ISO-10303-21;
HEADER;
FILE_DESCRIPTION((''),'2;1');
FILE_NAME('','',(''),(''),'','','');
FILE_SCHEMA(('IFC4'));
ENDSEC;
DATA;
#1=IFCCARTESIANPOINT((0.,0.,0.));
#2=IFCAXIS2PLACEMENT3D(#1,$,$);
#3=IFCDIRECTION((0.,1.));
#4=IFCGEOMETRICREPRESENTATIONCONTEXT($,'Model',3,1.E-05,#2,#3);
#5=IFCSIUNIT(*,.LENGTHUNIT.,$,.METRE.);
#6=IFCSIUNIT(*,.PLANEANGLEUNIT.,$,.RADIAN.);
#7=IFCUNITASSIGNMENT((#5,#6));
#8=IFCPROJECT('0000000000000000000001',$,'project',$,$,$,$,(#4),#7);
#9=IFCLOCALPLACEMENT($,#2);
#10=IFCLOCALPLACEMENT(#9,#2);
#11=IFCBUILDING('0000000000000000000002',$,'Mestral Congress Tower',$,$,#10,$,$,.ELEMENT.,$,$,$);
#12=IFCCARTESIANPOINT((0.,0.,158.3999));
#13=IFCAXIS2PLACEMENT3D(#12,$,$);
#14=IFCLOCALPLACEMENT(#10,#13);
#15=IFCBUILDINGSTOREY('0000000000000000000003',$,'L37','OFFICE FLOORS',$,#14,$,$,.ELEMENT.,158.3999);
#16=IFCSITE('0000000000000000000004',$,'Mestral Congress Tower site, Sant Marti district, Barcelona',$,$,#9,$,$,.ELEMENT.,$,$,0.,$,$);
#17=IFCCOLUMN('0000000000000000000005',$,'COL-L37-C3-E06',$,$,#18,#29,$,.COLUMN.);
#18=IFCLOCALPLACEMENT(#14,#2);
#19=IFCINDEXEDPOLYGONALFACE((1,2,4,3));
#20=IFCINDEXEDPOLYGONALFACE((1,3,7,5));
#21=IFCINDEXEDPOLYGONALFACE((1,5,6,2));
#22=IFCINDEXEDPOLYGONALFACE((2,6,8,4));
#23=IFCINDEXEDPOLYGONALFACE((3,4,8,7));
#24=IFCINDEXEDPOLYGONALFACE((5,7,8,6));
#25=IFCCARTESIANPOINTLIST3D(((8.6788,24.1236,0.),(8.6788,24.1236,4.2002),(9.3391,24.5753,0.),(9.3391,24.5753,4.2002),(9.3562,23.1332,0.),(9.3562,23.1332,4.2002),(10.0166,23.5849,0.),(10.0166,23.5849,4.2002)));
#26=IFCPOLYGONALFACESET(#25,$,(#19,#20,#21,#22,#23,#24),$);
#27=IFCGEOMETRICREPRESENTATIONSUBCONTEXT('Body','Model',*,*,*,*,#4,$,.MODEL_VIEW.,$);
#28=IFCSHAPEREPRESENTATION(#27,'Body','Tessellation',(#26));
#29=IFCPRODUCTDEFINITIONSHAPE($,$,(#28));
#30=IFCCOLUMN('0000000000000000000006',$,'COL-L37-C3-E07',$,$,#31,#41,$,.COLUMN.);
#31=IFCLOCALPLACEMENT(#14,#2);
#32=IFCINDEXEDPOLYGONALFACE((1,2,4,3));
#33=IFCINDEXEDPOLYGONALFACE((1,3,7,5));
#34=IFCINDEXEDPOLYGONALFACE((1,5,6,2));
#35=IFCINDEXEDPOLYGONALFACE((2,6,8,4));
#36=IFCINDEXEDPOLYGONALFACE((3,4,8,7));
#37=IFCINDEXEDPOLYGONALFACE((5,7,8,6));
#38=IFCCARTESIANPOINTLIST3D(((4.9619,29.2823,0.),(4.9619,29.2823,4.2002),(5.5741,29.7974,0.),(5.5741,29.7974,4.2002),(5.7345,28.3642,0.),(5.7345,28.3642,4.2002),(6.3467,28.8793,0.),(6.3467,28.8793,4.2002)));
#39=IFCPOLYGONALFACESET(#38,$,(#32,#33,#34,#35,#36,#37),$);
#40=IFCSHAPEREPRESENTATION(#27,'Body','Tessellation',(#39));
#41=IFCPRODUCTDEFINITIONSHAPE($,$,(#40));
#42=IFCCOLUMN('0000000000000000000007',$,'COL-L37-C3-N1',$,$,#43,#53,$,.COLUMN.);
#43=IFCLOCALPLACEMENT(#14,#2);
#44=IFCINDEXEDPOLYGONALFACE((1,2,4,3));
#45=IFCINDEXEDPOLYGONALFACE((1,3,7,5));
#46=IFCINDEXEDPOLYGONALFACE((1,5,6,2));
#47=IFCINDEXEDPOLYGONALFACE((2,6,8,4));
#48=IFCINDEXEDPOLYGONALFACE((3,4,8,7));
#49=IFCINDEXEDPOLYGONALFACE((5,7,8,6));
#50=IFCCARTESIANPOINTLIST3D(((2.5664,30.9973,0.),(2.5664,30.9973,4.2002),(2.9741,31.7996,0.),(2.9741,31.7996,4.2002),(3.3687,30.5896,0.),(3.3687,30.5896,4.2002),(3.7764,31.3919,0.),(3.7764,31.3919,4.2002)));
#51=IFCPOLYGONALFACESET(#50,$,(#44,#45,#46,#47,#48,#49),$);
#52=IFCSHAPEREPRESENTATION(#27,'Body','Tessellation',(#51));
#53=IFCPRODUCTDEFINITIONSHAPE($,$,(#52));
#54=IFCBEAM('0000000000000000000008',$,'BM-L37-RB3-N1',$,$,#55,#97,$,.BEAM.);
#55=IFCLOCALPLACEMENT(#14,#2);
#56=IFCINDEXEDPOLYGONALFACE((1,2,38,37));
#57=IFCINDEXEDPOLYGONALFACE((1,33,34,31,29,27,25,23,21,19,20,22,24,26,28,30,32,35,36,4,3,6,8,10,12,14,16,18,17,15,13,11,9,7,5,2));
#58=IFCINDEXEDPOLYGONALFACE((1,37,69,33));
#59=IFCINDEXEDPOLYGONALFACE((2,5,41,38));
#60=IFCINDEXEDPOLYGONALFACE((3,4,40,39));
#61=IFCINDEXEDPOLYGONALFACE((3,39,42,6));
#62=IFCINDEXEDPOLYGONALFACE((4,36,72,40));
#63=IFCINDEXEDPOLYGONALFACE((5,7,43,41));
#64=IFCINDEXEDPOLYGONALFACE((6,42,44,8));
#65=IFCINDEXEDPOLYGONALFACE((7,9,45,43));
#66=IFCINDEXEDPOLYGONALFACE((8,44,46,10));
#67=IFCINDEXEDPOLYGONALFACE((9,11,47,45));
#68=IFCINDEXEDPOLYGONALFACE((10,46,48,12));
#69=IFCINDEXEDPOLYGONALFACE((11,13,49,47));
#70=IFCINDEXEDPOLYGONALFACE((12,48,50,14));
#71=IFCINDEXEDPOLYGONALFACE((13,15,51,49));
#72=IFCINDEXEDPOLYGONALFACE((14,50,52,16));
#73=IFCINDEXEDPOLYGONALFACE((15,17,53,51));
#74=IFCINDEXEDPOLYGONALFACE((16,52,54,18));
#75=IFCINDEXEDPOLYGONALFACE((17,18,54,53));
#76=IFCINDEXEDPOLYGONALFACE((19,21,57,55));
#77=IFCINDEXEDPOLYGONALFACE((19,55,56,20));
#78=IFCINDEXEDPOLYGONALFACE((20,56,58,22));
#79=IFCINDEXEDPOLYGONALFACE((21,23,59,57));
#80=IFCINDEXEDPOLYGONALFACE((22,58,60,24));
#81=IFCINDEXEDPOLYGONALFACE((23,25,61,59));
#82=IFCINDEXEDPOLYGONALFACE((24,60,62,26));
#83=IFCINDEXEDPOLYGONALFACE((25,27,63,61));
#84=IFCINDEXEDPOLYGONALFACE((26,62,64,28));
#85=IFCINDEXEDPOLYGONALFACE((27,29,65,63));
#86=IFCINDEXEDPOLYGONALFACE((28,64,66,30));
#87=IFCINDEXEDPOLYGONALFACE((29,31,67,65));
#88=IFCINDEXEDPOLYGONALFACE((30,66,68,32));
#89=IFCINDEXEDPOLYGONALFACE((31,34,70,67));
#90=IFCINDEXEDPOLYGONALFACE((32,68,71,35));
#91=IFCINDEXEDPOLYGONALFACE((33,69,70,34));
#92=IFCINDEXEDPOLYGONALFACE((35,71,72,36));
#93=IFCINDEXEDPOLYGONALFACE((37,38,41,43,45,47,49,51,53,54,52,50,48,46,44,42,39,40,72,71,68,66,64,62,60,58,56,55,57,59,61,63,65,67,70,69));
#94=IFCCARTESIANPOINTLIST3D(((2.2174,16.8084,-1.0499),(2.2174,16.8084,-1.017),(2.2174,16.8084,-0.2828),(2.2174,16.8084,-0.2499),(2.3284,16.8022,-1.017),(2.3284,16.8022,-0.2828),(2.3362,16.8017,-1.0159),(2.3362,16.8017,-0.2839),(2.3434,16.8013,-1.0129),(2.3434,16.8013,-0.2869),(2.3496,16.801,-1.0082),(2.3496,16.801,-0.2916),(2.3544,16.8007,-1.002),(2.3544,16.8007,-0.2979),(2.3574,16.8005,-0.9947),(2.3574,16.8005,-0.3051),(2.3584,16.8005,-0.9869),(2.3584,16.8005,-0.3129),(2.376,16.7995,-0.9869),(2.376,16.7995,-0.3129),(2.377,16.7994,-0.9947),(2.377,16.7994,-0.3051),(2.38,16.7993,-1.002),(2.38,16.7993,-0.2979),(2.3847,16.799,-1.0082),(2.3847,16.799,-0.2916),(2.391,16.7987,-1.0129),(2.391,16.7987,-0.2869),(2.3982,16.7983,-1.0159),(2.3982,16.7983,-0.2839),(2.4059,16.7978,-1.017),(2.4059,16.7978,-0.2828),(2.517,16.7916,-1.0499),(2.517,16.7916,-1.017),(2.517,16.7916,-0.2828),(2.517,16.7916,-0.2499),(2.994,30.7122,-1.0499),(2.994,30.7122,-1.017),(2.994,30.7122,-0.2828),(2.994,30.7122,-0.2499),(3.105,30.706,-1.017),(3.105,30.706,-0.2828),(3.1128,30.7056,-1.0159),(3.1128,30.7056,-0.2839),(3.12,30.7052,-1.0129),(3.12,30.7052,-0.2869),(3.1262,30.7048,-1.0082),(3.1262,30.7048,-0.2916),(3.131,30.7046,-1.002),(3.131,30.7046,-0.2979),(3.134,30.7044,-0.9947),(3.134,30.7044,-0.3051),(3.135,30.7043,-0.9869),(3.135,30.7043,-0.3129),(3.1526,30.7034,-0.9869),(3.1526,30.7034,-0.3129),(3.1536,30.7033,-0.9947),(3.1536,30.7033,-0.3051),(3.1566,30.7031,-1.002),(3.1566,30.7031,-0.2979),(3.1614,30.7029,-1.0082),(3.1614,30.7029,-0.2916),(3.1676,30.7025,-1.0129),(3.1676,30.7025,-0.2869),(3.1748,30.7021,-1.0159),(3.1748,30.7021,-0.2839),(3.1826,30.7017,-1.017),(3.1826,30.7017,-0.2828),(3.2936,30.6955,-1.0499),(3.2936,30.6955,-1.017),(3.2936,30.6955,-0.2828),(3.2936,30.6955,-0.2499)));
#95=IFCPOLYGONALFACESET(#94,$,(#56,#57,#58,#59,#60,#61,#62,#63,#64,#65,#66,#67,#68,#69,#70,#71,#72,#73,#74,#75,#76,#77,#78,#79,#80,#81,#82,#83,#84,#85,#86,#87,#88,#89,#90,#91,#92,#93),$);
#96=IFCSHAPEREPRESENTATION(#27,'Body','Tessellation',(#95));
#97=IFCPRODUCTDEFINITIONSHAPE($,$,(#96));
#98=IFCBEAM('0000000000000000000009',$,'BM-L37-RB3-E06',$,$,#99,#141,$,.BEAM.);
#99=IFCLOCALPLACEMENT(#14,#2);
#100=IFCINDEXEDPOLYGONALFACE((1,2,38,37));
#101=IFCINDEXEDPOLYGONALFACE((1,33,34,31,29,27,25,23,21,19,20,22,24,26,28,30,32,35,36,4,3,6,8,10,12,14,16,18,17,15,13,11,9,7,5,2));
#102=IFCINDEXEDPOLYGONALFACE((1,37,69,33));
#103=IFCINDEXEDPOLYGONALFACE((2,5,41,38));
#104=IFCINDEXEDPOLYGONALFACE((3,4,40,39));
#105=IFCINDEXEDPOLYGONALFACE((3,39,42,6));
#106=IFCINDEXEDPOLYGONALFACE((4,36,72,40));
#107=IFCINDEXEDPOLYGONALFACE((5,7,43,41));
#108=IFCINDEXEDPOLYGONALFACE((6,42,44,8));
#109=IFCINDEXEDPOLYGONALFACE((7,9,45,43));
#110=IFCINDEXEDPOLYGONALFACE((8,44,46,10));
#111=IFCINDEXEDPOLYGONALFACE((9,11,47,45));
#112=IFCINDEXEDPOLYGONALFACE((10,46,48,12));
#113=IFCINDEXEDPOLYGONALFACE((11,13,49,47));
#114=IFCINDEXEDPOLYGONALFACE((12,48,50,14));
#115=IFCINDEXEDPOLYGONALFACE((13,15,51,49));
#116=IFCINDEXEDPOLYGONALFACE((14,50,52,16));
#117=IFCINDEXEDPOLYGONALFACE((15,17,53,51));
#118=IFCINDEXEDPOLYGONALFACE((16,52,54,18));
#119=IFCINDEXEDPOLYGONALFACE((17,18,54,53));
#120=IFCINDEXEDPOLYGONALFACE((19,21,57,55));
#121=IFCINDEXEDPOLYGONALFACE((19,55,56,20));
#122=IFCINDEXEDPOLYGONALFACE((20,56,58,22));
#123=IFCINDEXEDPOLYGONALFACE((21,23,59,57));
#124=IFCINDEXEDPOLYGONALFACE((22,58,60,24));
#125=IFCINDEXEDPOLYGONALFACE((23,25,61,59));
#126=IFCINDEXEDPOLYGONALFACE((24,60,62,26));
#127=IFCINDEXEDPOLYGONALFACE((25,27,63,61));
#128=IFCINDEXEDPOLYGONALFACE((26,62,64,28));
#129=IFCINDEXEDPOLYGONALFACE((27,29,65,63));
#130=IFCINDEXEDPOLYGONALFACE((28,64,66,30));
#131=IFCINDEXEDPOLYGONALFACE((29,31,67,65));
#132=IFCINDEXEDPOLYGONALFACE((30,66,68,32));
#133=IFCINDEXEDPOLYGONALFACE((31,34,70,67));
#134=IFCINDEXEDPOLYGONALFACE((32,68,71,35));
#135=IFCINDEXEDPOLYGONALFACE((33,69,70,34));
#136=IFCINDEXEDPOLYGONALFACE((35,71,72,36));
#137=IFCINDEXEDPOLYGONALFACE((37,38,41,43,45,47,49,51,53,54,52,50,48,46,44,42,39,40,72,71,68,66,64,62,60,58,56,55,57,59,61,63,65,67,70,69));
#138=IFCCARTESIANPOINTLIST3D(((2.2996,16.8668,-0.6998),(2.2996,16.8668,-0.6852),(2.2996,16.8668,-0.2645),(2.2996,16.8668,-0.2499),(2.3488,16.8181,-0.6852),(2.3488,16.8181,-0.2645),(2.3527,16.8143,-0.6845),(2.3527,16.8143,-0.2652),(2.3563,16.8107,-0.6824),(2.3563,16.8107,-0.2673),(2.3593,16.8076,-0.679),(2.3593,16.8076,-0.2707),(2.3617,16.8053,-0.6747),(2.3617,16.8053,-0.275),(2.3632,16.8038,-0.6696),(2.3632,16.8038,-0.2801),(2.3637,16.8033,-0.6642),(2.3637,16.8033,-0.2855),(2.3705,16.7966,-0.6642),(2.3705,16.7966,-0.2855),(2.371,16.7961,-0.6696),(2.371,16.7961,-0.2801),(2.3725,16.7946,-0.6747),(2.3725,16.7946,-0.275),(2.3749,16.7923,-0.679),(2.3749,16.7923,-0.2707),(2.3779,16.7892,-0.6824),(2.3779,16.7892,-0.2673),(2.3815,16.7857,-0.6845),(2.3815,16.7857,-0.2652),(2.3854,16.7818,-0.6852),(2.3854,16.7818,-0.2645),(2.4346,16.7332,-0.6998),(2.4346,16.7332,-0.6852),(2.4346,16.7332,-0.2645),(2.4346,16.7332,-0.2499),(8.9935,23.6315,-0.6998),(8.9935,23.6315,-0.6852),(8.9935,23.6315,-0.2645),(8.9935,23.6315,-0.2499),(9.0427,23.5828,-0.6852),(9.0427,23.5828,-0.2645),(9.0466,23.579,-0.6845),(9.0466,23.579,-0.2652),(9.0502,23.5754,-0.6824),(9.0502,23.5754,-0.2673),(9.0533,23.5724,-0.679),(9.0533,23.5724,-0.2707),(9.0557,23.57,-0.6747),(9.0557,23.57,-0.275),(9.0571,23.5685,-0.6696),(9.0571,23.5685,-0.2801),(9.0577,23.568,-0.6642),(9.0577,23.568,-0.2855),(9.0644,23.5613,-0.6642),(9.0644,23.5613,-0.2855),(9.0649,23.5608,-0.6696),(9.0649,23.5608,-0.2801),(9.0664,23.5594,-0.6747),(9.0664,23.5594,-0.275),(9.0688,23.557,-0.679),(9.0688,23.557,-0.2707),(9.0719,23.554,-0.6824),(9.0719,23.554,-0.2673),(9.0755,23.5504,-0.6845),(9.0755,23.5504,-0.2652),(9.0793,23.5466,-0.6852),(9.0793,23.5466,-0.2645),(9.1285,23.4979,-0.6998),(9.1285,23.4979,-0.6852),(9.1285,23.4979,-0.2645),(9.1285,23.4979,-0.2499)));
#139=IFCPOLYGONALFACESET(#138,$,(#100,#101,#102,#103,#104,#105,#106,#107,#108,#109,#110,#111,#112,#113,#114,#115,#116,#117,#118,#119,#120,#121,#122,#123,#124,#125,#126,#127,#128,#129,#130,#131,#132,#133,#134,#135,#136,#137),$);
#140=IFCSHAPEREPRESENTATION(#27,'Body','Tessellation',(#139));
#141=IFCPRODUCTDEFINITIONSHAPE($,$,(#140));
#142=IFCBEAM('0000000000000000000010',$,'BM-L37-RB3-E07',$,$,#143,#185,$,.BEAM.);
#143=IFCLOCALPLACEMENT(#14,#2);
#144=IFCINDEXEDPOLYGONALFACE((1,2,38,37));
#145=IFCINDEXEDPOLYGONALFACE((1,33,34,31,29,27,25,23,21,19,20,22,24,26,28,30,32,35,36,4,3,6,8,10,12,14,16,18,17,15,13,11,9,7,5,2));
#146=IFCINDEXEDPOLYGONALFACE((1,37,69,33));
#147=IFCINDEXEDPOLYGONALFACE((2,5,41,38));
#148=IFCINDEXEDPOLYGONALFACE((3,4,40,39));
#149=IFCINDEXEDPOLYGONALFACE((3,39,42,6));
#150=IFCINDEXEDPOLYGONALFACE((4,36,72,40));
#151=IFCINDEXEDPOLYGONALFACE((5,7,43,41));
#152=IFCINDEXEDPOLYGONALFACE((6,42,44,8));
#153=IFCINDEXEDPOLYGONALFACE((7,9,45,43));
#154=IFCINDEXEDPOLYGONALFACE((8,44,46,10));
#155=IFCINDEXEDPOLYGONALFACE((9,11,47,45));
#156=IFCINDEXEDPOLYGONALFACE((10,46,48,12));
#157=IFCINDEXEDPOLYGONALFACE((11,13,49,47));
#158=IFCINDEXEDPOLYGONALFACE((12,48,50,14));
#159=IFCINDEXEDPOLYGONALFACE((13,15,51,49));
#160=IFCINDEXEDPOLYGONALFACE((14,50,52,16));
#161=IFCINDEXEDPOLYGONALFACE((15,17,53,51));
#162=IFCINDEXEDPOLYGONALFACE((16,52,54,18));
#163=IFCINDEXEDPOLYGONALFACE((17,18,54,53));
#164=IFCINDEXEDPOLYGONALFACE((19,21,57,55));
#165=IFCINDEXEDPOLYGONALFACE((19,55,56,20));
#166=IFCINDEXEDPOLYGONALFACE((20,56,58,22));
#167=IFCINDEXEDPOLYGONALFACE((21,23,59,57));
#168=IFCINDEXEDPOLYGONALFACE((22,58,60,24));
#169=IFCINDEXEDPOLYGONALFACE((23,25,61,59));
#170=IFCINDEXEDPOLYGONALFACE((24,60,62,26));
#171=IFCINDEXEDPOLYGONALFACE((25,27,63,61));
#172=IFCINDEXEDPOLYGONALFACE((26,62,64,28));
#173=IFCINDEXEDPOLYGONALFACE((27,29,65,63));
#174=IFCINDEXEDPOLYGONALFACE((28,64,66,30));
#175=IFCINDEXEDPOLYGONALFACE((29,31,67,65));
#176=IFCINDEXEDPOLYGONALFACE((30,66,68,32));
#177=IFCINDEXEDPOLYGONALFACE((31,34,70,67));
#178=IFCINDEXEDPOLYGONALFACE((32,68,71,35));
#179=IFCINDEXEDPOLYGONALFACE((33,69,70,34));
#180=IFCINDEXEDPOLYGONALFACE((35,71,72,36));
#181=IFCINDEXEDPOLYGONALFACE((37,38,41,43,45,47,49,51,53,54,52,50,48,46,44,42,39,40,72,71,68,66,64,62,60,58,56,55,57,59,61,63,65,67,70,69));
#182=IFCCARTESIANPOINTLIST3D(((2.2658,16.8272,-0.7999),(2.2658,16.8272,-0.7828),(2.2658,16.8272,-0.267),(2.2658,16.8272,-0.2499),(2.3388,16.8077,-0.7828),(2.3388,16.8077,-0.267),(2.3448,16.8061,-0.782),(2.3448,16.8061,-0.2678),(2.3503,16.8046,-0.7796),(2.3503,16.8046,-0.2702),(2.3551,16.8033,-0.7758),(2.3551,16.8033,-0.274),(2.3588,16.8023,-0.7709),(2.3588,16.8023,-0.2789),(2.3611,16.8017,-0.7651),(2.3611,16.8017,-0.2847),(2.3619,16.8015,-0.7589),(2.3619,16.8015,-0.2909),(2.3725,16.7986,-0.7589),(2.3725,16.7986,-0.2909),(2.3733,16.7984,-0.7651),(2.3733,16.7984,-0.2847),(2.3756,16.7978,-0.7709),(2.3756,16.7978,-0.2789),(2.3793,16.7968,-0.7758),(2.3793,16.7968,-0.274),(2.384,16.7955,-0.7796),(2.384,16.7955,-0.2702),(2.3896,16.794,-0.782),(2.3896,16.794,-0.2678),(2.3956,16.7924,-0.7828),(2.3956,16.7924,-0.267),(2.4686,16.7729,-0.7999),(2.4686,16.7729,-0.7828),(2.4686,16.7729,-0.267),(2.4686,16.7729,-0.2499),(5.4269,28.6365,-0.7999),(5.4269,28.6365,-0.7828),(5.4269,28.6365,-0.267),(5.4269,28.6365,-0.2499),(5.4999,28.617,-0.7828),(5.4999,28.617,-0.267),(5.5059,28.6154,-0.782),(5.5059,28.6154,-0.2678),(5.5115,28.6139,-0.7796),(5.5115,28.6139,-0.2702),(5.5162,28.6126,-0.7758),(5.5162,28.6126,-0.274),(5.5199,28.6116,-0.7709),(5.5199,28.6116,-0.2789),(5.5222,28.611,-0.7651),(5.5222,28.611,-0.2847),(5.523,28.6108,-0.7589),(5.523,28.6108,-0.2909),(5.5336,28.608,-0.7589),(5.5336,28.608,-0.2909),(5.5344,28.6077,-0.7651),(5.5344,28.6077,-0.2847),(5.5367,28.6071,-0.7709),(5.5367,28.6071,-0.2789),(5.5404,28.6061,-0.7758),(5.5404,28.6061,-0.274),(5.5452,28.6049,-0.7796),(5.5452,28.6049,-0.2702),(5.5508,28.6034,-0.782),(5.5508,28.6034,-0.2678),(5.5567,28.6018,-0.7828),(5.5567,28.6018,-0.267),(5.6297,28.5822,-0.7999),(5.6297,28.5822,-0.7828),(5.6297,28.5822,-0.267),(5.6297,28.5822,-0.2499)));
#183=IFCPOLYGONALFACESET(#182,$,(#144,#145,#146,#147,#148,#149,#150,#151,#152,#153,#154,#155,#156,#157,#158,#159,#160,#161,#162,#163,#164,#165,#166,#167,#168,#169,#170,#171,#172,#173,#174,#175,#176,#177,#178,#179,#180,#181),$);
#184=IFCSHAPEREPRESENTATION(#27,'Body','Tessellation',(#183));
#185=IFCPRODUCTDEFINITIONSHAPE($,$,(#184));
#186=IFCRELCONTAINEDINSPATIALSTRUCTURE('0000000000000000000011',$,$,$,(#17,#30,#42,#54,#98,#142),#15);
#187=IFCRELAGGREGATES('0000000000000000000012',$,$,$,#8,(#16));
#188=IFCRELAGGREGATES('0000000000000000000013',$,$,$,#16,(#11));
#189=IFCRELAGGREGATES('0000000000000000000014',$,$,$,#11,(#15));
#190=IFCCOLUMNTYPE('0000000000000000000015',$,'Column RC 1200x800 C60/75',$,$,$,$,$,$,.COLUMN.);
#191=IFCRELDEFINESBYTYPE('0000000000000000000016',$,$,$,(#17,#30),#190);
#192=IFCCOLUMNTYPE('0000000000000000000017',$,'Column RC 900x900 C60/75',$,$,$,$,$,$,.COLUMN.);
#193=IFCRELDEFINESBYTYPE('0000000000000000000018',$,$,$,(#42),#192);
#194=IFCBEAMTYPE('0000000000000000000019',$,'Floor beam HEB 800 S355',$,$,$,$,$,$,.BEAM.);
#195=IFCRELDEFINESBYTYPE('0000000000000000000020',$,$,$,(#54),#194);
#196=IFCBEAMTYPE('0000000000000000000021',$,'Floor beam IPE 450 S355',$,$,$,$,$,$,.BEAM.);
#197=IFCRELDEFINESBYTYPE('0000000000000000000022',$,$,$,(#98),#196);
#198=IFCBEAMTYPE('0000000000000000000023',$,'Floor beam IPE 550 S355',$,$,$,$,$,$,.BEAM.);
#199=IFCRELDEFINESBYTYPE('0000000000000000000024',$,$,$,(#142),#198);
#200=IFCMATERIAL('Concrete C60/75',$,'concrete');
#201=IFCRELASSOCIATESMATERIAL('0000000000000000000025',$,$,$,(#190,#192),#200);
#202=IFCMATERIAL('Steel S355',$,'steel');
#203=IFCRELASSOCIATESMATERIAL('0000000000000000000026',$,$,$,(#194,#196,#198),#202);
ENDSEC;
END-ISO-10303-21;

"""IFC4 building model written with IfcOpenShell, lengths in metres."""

from ifc_helpers import new_model, si_unit, direction, frame, origin, origin_2d, place, context, subcontext, project, spatial, rectangle, i_section, extrude, material, material_profile, profile_set, type_object, element, save


model = new_model("IFC4")

# Units and contexts
model_context = context("Model", 3, precision=1e-05, world=origin(), true_north=direction((0.0, 1.0)))
body_context = subcontext(model_context, "Body", "Model", "MODEL_VIEW")
ifc_project = project(units=[si_unit("LENGTHUNIT", "METRE"), si_unit("PLANEANGLEUNIT", "RADIAN")], contexts=[model_context])

# Site, building, storey
site_placement = place(None, origin())
site = spatial("IfcSite", under=ifc_project, at=site_placement, Name="Mestral Congress Tower site, Sant Marti district, Barcelona", CompositionType="ELEMENT", RefElevation=0.0)
building_placement = place(site_placement, origin())
building = spatial("IfcBuilding", under=site, at=building_placement, Name="Mestral Congress Tower", CompositionType="ELEMENT")
storey_placement = place(building_placement, frame((0.0, 0.0, 158.3999)))
storey = spatial("IfcBuildingStorey", under=building, at=storey_placement, Name="L37", Description="OFFICE FLOORS", CompositionType="ELEMENT", Elevation=158.3999)

# Columns
ifc_material_1 = material(Name="Concrete C60/75", Category="concrete")
ifc_material_profile_1 = material_profile(ifc_material_1, rectangle(XDim=1.2, YDim=0.8, at=origin_2d()), Name="RC 1200x800")
ifc_profile_set_1 = profile_set([ifc_material_profile_1], Name="Concrete C60/75")
column_type_1 = type_object("IfcColumnType", Name="Column RC 1200x800 C60/75", PredefinedType="COLUMN", material=ifc_profile_set_1)
for number, where, z_axis, x_axis, name in (
    (1, (9.3477, 23.8542, 0.0), (0.0, 0.0, 1.0), (-0.564568, 0.825387, 0.0), "COL-L37-C3-E06"),
    (2, (5.6543, 29.0808, 0.0), (0.0, 0.0, 1.0), (-0.643827, 0.765171, 0.0), "COL-L37-C3-E07"),
):
    element("IfcColumn", number, at=place(storey_placement, frame(where, z_axis=z_axis, x_axis=x_axis)), inside=storey, type_object=column_type_1, Name=name, PredefinedType="COLUMN", context=body_context, shape_type="SweptSolid", body=[
        extrude(rectangle(XDim=1.2, YDim=0.8, at=origin_2d()), origin(), (0.0, 0.0, 1.0), 4.2002),
    ])
ifc_material_profile_2 = material_profile(ifc_material_1, rectangle(XDim=0.8999, YDim=0.8999, at=origin_2d()), Name="RC 900x900")
ifc_profile_set_2 = profile_set([ifc_material_profile_2], Name="Concrete C60/75")
column_type_2 = type_object("IfcColumnType", Name="Column RC 900x900 C60/75", PredefinedType="COLUMN", material=ifc_profile_set_2)
column_placement = place(storey_placement, frame((3.1714, 31.1946, 0.0), z_axis=(0.0, 0.0, 1.0), x_axis=(-0.891486, 0.453048, 0.0)))
element("IfcColumn", 3, at=column_placement, inside=storey, type_object=column_type_2, Name="COL-L37-C3-N1", PredefinedType="COLUMN", context=body_context, shape_type="SweptSolid", body=[
    extrude(rectangle(XDim=0.8999, YDim=0.8999, at=origin_2d()), origin(), (0.0, 0.0, 1.0), 4.2002),
])

# Beams
ifc_material_2 = material(Name="Steel S355", Category="steel")
ifc_material_profile_3 = material_profile(ifc_material_2, i_section(OverallWidth=0.3, OverallDepth=0.8, WebThickness=0.0176, FlangeThickness=0.033, FilletRadius=0.03, at=origin_2d()), Name="HEB 800")
ifc_profile_set_3 = profile_set([ifc_material_profile_3], Name="Steel S355")
beam_type_1 = type_object("IfcBeamType", Name="Floor beam HEB 800 S355", PredefinedType="BEAM", material=ifc_profile_set_3)
beam_1_placement = place(storey_placement, frame((3.1438, 30.7039, -0.6499), z_axis=(-0.055769, -0.998444, 0.0), x_axis=(0.998444, -0.055769, 0.0)))
element("IfcBeam", 4, at=beam_1_placement, inside=storey, type_object=beam_type_1, Name="BM-L37-RB3-N1", PredefinedType="BEAM", context=body_context, shape_type="SweptSolid", body=[
    extrude(i_section(OverallWidth=0.3, OverallDepth=0.8, WebThickness=0.0176, FlangeThickness=0.033, FilletRadius=0.03, at=origin_2d()), origin(), (0.0, 0.0, 1.0), 13.9255),
])
ifc_material_profile_4 = material_profile(ifc_material_2, i_section(OverallWidth=0.1899, OverallDepth=0.45, WebThickness=0.0095, FlangeThickness=0.0146, FilletRadius=0.021, at=origin_2d()), Name="IPE 450")
ifc_profile_set_4 = profile_set([ifc_material_profile_4], Name="Steel S355")
beam_type_2 = type_object("IfcBeamType", Name="Floor beam IPE 450 S355", PredefinedType="BEAM", material=ifc_profile_set_4)
beam_2_placement = place(storey_placement, frame((9.061, 23.5647, -0.4749), z_axis=(-0.703377, -0.710817, 0.0), x_axis=(0.710817, -0.703377, 0.0)))
element("IfcBeam", 5, at=beam_2_placement, inside=storey, type_object=beam_type_2, Name="BM-L37-RB3-E06", PredefinedType="BEAM", context=body_context, shape_type="SweptSolid", body=[
    extrude(i_section(OverallWidth=0.1899, OverallDepth=0.45, WebThickness=0.0095, FlangeThickness=0.0146, FilletRadius=0.021, at=origin_2d()), origin(), (0.0, 0.0, 1.0), 9.5168),
])
ifc_material_profile_5 = material_profile(ifc_material_2, i_section(OverallWidth=0.21, OverallDepth=0.55, WebThickness=0.011, FlangeThickness=0.0171, FilletRadius=0.0239, at=origin_2d()), Name="IPE 550")
ifc_profile_set_5 = profile_set([ifc_material_profile_5], Name="Steel S355")
beam_type_3 = type_object("IfcBeamType", Name="Floor beam IPE 550 S355", PredefinedType="BEAM", material=ifc_profile_set_5)
beam_3_placement = place(storey_placement, frame((5.5283, 28.6094, -0.5249), z_axis=(-0.258577, -0.965991, 0.0), x_axis=(0.965991, -0.258577, 0.0)))
element("IfcBeam", 6, at=beam_3_placement, inside=storey, type_object=beam_type_3, Name="BM-L37-RB3-E07", PredefinedType="BEAM", context=body_context, shape_type="SweptSolid", body=[
    extrude(i_section(OverallWidth=0.21, OverallDepth=0.55, WebThickness=0.011, FlangeThickness=0.0171, FilletRadius=0.0239, at=origin_2d()), origin(), (0.0, 0.0, 1.0), 12.2251),
])

save(model, "model.ifc")
